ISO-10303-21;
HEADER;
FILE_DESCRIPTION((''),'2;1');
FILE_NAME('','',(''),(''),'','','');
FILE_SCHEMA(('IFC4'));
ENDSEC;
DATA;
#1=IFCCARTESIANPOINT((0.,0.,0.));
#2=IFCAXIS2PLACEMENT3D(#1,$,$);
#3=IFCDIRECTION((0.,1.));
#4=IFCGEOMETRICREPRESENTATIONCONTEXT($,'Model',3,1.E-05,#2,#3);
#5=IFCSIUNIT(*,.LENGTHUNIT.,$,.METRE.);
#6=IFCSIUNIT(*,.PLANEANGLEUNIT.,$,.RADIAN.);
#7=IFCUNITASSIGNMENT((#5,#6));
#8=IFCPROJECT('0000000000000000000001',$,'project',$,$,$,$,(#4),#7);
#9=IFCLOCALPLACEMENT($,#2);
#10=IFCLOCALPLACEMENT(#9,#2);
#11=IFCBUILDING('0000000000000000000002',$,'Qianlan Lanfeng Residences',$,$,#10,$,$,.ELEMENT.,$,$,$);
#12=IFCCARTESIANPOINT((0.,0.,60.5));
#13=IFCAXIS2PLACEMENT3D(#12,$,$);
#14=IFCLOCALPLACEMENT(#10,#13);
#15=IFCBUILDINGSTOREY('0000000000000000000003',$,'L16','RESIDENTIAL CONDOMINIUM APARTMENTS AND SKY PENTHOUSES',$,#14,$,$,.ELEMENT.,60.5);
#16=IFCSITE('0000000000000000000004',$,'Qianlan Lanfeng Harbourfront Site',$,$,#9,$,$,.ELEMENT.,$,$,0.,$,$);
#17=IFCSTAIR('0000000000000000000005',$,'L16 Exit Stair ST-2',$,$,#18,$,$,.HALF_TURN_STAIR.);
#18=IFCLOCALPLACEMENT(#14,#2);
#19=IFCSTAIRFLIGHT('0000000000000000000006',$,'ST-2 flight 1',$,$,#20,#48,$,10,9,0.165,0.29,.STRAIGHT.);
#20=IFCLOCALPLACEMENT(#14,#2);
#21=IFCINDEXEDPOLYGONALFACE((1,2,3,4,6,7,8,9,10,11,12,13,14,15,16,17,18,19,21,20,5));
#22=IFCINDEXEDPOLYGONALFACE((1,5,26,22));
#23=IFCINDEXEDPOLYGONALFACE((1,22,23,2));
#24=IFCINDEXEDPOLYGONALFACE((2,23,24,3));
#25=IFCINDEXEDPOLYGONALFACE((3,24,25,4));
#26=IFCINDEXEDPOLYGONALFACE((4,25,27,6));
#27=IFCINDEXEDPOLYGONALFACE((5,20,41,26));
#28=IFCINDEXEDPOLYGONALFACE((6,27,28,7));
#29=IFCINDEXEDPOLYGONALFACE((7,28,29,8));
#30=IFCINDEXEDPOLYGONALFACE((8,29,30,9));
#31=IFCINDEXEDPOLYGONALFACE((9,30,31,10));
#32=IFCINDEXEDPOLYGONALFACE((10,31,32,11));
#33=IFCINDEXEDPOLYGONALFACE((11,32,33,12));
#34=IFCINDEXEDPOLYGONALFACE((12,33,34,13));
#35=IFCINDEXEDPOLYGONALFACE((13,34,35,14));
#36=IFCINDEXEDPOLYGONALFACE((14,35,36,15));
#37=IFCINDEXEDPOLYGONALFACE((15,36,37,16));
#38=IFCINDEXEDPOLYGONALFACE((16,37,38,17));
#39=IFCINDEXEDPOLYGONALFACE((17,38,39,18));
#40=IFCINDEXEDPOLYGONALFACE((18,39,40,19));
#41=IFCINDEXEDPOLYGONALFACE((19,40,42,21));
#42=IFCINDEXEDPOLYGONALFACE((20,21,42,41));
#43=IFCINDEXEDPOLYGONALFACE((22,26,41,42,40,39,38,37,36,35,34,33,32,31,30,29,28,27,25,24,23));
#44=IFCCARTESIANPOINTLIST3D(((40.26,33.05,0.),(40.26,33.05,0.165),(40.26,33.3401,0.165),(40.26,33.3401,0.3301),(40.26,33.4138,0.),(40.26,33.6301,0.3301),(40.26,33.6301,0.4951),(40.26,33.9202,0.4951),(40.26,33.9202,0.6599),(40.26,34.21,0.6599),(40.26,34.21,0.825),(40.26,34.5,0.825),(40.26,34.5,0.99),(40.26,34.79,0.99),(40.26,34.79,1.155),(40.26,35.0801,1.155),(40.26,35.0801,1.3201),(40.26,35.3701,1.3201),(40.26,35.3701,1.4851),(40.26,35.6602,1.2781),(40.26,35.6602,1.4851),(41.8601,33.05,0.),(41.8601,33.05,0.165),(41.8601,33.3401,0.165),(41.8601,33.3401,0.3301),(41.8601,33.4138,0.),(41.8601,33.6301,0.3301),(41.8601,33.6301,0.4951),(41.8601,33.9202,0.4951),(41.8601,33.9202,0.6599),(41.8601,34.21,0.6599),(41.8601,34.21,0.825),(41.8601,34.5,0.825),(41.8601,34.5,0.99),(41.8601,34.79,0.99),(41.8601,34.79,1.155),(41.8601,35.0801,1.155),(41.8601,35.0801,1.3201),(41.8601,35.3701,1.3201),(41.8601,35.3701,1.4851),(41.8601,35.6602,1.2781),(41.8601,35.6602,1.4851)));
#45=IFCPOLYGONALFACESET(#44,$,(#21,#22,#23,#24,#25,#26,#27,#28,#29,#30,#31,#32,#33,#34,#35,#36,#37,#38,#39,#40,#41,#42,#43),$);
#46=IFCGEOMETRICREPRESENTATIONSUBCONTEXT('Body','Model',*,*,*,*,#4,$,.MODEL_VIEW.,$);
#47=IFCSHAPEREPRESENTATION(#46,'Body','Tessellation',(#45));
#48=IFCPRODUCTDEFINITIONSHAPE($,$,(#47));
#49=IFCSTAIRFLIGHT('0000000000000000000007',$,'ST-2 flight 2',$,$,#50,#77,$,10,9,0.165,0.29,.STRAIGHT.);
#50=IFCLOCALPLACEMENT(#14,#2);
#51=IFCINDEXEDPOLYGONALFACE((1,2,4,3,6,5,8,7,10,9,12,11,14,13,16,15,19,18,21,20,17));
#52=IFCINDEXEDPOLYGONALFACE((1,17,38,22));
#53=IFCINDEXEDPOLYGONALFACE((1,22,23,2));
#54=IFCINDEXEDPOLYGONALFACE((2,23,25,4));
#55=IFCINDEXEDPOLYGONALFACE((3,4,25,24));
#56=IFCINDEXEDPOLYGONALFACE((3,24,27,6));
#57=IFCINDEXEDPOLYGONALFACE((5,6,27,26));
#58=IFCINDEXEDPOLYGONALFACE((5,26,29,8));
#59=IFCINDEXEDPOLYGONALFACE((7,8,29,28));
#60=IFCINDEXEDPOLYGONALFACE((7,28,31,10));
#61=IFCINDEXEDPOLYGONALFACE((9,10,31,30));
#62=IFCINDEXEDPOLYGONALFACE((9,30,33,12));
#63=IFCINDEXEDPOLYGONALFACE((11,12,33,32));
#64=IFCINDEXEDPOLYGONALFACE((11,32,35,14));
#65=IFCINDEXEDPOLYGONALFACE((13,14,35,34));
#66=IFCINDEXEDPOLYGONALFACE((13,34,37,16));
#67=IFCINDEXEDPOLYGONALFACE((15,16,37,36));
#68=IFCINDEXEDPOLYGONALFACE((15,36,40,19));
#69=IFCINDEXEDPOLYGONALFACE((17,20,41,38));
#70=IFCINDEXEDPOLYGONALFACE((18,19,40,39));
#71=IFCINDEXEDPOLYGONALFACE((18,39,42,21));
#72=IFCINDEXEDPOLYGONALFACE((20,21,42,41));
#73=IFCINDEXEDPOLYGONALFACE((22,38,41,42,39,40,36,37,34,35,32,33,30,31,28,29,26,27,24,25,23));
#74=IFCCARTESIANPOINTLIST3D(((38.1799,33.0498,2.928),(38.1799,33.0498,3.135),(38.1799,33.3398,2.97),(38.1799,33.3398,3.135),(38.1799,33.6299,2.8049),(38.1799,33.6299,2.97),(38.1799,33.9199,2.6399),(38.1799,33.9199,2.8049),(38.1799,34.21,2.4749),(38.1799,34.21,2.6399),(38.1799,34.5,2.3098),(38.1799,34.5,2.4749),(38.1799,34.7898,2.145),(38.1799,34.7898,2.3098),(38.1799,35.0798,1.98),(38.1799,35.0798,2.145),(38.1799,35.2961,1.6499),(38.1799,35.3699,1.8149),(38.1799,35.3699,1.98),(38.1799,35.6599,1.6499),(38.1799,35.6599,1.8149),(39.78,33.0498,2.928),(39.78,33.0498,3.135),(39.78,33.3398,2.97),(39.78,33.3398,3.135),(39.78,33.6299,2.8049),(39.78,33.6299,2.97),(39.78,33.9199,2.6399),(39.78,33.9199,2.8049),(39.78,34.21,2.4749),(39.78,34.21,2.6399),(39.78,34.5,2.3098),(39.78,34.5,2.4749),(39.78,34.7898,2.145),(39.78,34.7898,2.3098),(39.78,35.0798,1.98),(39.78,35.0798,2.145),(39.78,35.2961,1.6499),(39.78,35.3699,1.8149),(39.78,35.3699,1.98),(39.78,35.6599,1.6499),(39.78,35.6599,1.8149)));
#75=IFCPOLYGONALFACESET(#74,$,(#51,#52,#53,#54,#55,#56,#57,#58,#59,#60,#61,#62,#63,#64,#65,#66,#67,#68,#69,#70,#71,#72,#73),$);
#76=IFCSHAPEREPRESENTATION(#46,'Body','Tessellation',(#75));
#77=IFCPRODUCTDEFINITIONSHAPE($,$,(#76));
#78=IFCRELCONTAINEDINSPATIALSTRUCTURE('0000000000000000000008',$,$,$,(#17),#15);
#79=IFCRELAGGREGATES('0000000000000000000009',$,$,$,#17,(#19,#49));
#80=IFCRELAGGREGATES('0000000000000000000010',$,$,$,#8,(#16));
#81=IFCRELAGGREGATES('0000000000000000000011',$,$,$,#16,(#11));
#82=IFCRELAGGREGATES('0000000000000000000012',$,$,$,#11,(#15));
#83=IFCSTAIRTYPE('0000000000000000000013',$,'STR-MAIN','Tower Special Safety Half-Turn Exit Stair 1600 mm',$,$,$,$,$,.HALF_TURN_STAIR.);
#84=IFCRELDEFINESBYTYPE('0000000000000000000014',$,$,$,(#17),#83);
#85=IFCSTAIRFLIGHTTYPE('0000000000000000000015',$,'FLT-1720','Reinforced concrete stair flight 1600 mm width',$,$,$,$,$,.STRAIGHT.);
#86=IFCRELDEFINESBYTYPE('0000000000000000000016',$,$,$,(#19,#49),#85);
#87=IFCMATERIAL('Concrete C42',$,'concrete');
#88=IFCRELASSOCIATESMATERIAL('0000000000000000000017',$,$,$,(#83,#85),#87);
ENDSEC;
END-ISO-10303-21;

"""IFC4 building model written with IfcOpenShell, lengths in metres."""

from ifc_helpers import new_model, si_unit, direction, frame, origin, place, context, subcontext, project, spatial, polyline, outline, extrude, material, type_object, element, aggregate, save


model = new_model("IFC4")

# Units and contexts
model_context = context("Model", 3, precision=1e-05, world=origin(), true_north=direction((0.0, 1.0)))
body_context = subcontext(model_context, "Body", "Model", "MODEL_VIEW")
ifc_project = project(units=[si_unit("LENGTHUNIT", "METRE"), si_unit("PLANEANGLEUNIT", "RADIAN")], contexts=[model_context])

# Site, building, storey
site_placement = place(None, origin())
site = spatial("IfcSite", under=ifc_project, at=site_placement, Name="Qianlan Lanfeng Harbourfront Site", CompositionType="ELEMENT", RefElevation=0.0)
building_placement = place(site_placement, origin())
building = spatial("IfcBuilding", under=site, at=building_placement, Name="Qianlan Lanfeng Residences", CompositionType="ELEMENT")
storey_placement = place(building_placement, frame((0.0, 0.0, 60.5)))
storey = spatial("IfcBuildingStorey", under=building, at=storey_placement, Name="L16", Description="RESIDENTIAL CONDOMINIUM APARTMENTS AND SKY PENTHOUSES", CompositionType="ELEMENT", Elevation=60.5)

# Shared definitions
ifc_material_1 = material(Name="Concrete C42", Category="concrete")

# Stair, stair flights
stair_type = type_object("IfcStairType", Name="STR-MAIN", Description="Tower Special Safety Half-Turn Exit Stair 1600 mm", PredefinedType="HALF_TURN_STAIR", material=ifc_material_1)
stair_placement = place(storey_placement, origin())
stair = element("IfcStair", 1, at=stair_placement, inside=storey, type_object=stair_type, Name="L16 Exit Stair ST-2", PredefinedType="HALF_TURN_STAIR")
stair_flight_type = type_object("IfcStairFlightType", Name="FLT-1720", Description="Reinforced concrete stair flight 1600 mm width", PredefinedType="STRAIGHT", material=ifc_material_1)
stair_flight_1_placement = place(storey_placement, frame((41.0601, 33.05, 0.0), z_axis=(0.0, 0.0, 1.0), x_axis=(0.0, 1.0, 0.0)))
stair_flight_1 = element("IfcStairFlight", 2, at=stair_flight_1_placement, type_object=stair_flight_type, Name="ST-2 flight 1", NumberOfRisers=10, NumberOfTreads=9, PredefinedType="STRAIGHT", RiserHeight=0.165, TreadLength=0.29, context=body_context, shape_type="SweptSolid", body=[
    extrude(outline(polyline([(0.0, 0.0), (0.0, 0.165), (0.29, 0.165), (0.29, 0.3301), (0.5801, 0.3301), (0.5801, 0.4951), (0.8701, 0.4951), (0.8701, 0.6599), (1.1599, 0.6599), (1.1599, 0.825), (1.45, 0.825), (1.45, 0.99), (1.74, 0.99), (1.74, 1.155), (2.03, 1.155), (2.03, 1.3201), (2.3201, 1.3201), (2.3201, 1.4851), (2.6101, 1.4851), (2.6101, 1.6499), (2.6101, 1.2781), (0.3638, 0.0), (0.0, 0.0)])), frame((0.0, 0.8, 0.0), z_axis=(0.0, -1.0, 0.0), x_axis=(1.0, 0.0, 0.0)), (0.0, 0.0, 1.0), 1.6001),
])
stair_flight_2_placement = place(storey_placement, frame((38.98, 35.6599, 1.6499), z_axis=(0.0, 0.0, 1.0), x_axis=(0.0, -1.0, 0.0)))
stair_flight_2 = element("IfcStairFlight", 3, at=stair_flight_2_placement, type_object=stair_flight_type, Name="ST-2 flight 2", NumberOfRisers=10, NumberOfTreads=9, PredefinedType="STRAIGHT", RiserHeight=0.165, TreadLength=0.29, context=body_context, shape_type="SweptSolid", body=[
    extrude(outline(polyline([(0.0, 0.0), (0.0, 0.165), (0.29, 0.165), (0.29, 0.3301), (0.5801, 0.3301), (0.5801, 0.4951), (0.8701, 0.4951), (0.8701, 0.6599), (1.1599, 0.6599), (1.1599, 0.825), (1.45, 0.825), (1.45, 0.99), (1.74, 0.99), (1.74, 1.155), (2.03, 1.155), (2.03, 1.3201), (2.3201, 1.3201), (2.3201, 1.4851), (2.6101, 1.4851), (2.6101, 1.6499), (2.6101, 1.2781), (0.3638, 0.0), (0.0, 0.0)])), frame((0.0, 0.8, 0.0), z_axis=(0.0, -1.0, 0.0), x_axis=(1.0, 0.0, 0.0)), (0.0, 0.0, 1.0), 1.6001),
])
aggregate(stair, [stair_flight_1, stair_flight_2])

save(model, "model.ifc")
